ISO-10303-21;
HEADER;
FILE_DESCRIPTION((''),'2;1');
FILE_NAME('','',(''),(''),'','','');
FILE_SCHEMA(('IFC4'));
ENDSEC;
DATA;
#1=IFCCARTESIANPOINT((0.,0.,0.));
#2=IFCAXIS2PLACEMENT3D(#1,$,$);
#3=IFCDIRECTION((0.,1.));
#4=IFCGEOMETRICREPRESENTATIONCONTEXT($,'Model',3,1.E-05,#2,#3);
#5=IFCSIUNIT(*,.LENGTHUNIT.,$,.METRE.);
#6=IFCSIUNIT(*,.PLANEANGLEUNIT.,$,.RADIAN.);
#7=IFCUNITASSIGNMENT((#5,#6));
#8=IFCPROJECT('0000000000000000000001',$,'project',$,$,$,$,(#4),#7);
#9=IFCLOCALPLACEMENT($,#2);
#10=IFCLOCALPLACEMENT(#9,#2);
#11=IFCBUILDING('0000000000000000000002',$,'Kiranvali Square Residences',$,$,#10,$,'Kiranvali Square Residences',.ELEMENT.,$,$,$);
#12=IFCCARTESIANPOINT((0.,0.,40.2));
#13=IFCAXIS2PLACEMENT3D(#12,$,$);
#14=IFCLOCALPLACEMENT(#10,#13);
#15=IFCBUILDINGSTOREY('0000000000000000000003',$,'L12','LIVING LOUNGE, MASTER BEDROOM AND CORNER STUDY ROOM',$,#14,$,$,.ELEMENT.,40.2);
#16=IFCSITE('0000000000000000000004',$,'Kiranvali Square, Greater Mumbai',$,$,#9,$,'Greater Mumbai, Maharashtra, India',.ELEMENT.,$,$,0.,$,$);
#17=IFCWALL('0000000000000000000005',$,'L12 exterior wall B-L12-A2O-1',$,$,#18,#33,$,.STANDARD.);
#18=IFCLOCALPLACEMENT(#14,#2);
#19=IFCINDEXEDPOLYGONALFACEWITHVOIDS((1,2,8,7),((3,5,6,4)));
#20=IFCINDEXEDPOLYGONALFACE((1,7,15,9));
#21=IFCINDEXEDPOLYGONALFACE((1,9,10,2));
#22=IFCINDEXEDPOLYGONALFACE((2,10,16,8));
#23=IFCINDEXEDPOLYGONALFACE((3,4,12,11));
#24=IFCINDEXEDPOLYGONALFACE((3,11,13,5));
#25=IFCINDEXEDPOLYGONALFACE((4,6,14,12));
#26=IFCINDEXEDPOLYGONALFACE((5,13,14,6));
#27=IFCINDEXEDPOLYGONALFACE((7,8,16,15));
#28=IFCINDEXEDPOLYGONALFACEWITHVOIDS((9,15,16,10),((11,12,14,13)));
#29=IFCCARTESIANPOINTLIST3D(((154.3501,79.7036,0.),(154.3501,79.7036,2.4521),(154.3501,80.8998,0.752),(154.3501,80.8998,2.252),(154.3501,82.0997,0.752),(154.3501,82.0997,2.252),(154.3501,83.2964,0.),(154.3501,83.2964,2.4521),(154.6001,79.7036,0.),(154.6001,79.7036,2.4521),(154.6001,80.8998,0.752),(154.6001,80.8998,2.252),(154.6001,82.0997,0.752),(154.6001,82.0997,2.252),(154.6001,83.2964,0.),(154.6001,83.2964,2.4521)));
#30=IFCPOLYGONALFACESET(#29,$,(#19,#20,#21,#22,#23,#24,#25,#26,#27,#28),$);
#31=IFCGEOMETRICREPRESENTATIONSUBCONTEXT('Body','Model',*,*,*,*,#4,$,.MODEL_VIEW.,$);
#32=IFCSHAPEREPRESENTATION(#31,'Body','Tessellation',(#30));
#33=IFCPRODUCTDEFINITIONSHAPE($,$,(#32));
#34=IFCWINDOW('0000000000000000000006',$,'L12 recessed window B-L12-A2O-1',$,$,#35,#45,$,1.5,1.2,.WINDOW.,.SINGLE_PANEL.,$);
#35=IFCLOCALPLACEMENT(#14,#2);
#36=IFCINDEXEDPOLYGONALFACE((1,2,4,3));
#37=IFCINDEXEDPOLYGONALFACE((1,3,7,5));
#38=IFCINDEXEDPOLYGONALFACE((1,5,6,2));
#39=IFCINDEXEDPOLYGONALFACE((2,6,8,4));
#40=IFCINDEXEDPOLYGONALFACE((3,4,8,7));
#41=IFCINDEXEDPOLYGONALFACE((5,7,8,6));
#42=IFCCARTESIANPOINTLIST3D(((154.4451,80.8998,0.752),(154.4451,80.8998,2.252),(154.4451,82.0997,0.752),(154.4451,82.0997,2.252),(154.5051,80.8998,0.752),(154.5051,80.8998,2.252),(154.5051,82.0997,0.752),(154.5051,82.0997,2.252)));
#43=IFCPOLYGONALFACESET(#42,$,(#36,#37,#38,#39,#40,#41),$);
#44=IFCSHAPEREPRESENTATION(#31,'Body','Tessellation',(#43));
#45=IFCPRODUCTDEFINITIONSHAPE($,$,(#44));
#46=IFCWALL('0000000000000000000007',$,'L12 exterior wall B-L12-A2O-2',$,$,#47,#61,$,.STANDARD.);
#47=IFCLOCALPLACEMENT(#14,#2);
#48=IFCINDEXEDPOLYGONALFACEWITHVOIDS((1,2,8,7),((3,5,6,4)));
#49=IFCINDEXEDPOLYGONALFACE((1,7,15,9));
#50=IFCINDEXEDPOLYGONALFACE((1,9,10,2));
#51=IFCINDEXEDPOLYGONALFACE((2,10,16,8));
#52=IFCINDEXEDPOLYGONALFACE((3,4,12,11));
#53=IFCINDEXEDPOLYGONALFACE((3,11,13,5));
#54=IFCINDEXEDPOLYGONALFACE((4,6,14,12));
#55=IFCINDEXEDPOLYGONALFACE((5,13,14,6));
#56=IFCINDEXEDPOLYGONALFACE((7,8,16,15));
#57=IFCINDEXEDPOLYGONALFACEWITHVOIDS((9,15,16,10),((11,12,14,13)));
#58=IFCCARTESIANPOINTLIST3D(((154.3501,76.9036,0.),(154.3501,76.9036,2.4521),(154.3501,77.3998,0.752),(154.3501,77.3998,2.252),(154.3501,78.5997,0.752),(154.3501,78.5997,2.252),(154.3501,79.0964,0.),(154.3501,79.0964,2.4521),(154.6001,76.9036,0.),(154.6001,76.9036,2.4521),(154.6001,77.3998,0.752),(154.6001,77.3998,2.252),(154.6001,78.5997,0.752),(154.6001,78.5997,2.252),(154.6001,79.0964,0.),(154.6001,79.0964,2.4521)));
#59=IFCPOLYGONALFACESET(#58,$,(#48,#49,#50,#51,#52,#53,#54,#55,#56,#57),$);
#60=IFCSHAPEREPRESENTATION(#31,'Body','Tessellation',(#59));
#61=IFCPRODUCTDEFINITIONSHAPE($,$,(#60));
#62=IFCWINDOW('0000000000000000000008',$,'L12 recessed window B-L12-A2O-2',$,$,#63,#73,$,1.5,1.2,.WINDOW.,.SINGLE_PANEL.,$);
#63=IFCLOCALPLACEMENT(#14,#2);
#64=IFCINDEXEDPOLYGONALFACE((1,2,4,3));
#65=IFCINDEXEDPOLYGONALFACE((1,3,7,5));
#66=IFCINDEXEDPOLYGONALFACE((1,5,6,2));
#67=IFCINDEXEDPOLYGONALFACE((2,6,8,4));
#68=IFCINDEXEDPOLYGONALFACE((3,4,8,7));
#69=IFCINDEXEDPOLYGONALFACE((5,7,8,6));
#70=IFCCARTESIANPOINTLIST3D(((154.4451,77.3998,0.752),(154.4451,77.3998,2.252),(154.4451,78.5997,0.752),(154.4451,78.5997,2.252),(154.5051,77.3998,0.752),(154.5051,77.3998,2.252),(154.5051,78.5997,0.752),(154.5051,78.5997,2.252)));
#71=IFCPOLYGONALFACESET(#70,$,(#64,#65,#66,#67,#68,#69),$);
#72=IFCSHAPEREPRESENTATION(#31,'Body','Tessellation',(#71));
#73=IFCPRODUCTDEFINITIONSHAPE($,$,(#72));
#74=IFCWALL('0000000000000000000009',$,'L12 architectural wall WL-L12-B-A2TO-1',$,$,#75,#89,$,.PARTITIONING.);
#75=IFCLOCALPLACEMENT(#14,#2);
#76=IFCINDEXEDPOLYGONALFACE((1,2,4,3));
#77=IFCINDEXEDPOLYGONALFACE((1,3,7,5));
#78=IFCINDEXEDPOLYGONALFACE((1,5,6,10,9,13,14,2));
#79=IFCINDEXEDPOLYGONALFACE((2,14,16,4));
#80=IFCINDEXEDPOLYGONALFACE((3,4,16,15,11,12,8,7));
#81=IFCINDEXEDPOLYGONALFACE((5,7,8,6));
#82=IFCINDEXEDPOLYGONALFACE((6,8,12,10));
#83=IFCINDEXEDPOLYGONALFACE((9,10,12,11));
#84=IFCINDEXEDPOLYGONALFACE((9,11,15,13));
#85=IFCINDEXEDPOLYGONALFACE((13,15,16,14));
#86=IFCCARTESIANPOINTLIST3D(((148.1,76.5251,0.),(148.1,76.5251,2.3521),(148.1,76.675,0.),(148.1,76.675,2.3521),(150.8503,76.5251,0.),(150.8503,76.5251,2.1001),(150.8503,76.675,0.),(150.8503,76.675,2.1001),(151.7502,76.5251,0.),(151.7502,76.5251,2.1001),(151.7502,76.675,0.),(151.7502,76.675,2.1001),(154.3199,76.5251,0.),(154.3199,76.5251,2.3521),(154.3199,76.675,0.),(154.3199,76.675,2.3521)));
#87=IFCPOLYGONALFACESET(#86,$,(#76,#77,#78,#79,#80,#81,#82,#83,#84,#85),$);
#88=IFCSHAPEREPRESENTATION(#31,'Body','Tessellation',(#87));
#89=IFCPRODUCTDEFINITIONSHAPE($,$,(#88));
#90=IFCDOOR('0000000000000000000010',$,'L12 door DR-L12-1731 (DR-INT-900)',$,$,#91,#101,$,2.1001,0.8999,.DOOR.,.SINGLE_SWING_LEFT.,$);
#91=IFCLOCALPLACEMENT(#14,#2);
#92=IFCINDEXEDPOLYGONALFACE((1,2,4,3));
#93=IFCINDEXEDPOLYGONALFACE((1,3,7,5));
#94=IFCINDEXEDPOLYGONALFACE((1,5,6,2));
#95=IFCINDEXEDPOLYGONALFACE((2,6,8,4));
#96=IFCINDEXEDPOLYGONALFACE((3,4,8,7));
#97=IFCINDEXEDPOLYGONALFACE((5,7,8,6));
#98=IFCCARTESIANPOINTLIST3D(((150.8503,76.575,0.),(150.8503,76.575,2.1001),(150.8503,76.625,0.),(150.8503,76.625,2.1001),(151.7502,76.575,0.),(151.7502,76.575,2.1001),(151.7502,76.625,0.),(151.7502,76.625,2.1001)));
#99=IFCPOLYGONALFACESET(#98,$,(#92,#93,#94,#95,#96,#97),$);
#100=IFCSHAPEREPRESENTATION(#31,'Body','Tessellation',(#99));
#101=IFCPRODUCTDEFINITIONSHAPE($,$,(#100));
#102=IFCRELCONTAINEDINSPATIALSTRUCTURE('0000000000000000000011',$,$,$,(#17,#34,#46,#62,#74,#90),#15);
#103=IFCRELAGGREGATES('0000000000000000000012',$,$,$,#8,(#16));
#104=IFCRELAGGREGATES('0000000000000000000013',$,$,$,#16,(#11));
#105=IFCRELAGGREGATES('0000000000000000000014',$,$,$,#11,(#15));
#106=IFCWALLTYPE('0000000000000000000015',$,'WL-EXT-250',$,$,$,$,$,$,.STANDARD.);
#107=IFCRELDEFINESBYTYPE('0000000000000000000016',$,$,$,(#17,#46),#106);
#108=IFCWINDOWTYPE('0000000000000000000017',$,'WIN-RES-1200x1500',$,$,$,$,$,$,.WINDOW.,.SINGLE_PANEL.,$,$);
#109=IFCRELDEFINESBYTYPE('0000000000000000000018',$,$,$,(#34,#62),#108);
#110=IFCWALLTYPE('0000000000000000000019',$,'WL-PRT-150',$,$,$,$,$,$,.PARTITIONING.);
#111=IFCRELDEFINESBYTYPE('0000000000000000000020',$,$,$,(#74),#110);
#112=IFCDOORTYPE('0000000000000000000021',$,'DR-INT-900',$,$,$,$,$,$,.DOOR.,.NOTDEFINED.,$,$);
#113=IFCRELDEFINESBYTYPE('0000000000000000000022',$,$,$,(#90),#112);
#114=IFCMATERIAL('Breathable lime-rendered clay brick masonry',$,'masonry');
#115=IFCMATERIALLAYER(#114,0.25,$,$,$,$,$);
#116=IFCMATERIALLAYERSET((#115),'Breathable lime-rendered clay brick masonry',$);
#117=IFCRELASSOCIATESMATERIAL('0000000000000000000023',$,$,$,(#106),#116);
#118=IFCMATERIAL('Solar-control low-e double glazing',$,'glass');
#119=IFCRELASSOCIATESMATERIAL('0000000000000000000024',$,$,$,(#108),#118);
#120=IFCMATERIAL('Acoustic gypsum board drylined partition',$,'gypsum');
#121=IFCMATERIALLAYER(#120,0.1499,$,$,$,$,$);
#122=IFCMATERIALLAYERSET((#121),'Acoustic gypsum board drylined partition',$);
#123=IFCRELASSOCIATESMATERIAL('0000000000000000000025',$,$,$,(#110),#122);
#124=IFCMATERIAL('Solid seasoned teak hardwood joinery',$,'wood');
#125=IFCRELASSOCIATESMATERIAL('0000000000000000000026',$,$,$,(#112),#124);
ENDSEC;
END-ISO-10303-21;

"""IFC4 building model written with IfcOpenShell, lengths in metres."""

from ifc_helpers import new_model, si_unit, direction, frame, frame_2d, origin, place, context, subcontext, project, spatial, rectangle, extrude, material, layer, layer_set, type_object, element, fill, save


model = new_model("IFC4")

# Units and contexts
model_context = context("Model", 3, precision=1e-05, world=origin(), true_north=direction((0.0, 1.0)))
body_context = subcontext(model_context, "Body", "Model", "MODEL_VIEW")
ifc_project = project(units=[si_unit("LENGTHUNIT", "METRE"), si_unit("PLANEANGLEUNIT", "RADIAN")], contexts=[model_context])

# Site, building, storey
site_placement = place(None, origin())
site = spatial("IfcSite", under=ifc_project, at=site_placement, Name="Kiranvali Square, Greater Mumbai", LongName="Greater Mumbai, Maharashtra, India", CompositionType="ELEMENT", RefElevation=0.0)
building_placement = place(site_placement, origin())
building = spatial("IfcBuilding", under=site, at=building_placement, Name="Kiranvali Square Residences", LongName="Kiranvali Square Residences", CompositionType="ELEMENT")
storey_placement = place(building_placement, frame((0.0, 0.0, 40.2)))
storey = spatial("IfcBuildingStorey", under=building, at=storey_placement, Name="L12", Description="LIVING LOUNGE, MASTER BEDROOM AND CORNER STUDY ROOM", CompositionType="ELEMENT", Elevation=40.2)

# Walls, openings, windows
ifc_material_1 = material(Name="Breathable lime-rendered clay brick masonry", Category="masonry")
ifc_layer_1 = layer(ifc_material_1, 0.25)
ifc_layer_set_1 = layer_set([ifc_layer_1], Name="Breathable lime-rendered clay brick masonry")
wall_type_1 = type_object("IfcWallType", Name="WL-EXT-250", PredefinedType="STANDARD", material=ifc_layer_set_1)
ifc_material_2 = material(Name="Solar-control low-e double glazing", Category="glass")
window_type = type_object("IfcWindowType", Name="WIN-RES-1200x1500", PartitioningType="SINGLE_PANEL", PredefinedType="WINDOW", material=ifc_material_2)
wall_1_placement = place(storey_placement, frame((154.4751, 83.2964, 0.0), z_axis=(0.0, 0.0, 1.0), x_axis=(0.0, -1.0, 0.0)))
wall_1 = element("IfcWall", 1, at=wall_1_placement, inside=storey, type_object=wall_type_1, Name="L12 exterior wall B-L12-A2O-1", PredefinedType="STANDARD", context=body_context, shape_type="SweptSolid", body=[
    extrude(rectangle(XDim=3.5928, YDim=0.25, at=frame_2d((1.7964, 0.0))), origin(), (0.0, 0.0, 1.0), 2.4521),
])
opening_1_placement = place(wall_1_placement, frame((1.1965, 0.0, 0.752)))
opening_1 = element("IfcOpeningElement", 2, at=opening_1_placement, cuts=wall_1, PredefinedType="OPENING", context=body_context, shape_type="SweptSolid", body=[
    extrude(rectangle(XDim=1.2, YDim=1.5, at=frame_2d((0.6001, 0.75))), frame((0.0, 0.135, 0.0), z_axis=(0.0, -1.0, 0.0), x_axis=(1.0, 0.0, 0.0)), (0.0, 0.0, 1.0), 0.27),
])
window_1_placement = place(opening_1_placement, origin())
window_1 = element("IfcWindow", 3, at=window_1_placement, inside=storey, type_object=window_type, Name="L12 recessed window B-L12-A2O-1", OverallHeight=1.5, OverallWidth=1.2, PartitioningType="SINGLE_PANEL", PredefinedType="WINDOW", context=body_context, shape_type="SweptSolid", body=[
    extrude(rectangle(XDim=1.2, YDim=1.5, at=frame_2d((0.6001, 0.75))), frame((0.0, 0.03, 0.0), z_axis=(0.0, -1.0, 0.0), x_axis=(1.0, 0.0, 0.0)), (0.0, 0.0, 1.0), 0.0601),
])
fill(opening_1, window_1)
wall_2_placement = place(storey_placement, frame((154.4751, 79.0964, 0.0), z_axis=(0.0, 0.0, 1.0), x_axis=(0.0, -1.0, 0.0)))
wall_2 = element("IfcWall", 4, at=wall_2_placement, inside=storey, type_object=wall_type_1, Name="L12 exterior wall B-L12-A2O-2", PredefinedType="STANDARD", context=body_context, shape_type="SweptSolid", body=[
    extrude(rectangle(XDim=2.1929, YDim=0.25, at=frame_2d((1.0964, 0.0))), origin(), (0.0, 0.0, 1.0), 2.4521),
])
opening_2_placement = place(wall_2_placement, frame((0.4966, 0.0, 0.752)))
opening_2 = element("IfcOpeningElement", 5, at=opening_2_placement, cuts=wall_2, PredefinedType="OPENING", context=body_context, shape_type="SweptSolid", body=[
    extrude(rectangle(XDim=1.2, YDim=1.5, at=frame_2d((0.6001, 0.75))), frame((0.0, 0.135, 0.0), z_axis=(0.0, -1.0, 0.0), x_axis=(1.0, 0.0, 0.0)), (0.0, 0.0, 1.0), 0.27),
])
window_2_placement = place(opening_2_placement, origin())
window_2 = element("IfcWindow", 6, at=window_2_placement, inside=storey, type_object=window_type, Name="L12 recessed window B-L12-A2O-2", OverallHeight=1.5, OverallWidth=1.2, PartitioningType="SINGLE_PANEL", PredefinedType="WINDOW", context=body_context, shape_type="SweptSolid", body=[
    extrude(rectangle(XDim=1.2, YDim=1.5, at=frame_2d((0.6001, 0.75))), frame((0.0, 0.03, 0.0), z_axis=(0.0, -1.0, 0.0), x_axis=(1.0, 0.0, 0.0)), (0.0, 0.0, 1.0), 0.0601),
])
fill(opening_2, window_2)

# Wall, opening, door
ifc_material_3 = material(Name="Acoustic gypsum board drylined partition", Category="gypsum")
ifc_layer_2 = layer(ifc_material_3, 0.1499)
ifc_layer_set_2 = layer_set([ifc_layer_2], Name="Acoustic gypsum board drylined partition")
wall_type_2 = type_object("IfcWallType", Name="WL-PRT-150", PredefinedType="PARTITIONING", material=ifc_layer_set_2)
wall_3_placement = place(storey_placement, frame((148.1001, 76.6001, 0.0), z_axis=(0.0, 0.0, 1.0), x_axis=(1.0, 0.0, 0.0)))
wall_3 = element("IfcWall", 7, at=wall_3_placement, inside=storey, type_object=wall_type_2, Name="L12 architectural wall WL-L12-B-A2TO-1", PredefinedType="PARTITIONING", context=body_context, shape_type="SweptSolid", body=[
    extrude(rectangle(XDim=6.22, YDim=0.1499, at=frame_2d((3.1099, 0.0))), origin(), (0.0, 0.0, 1.0), 2.3521),
])
opening_3_placement = place(wall_3_placement, frame((2.7502, 0.0, 0.0)))
opening_3 = element("IfcOpeningElement", 8, at=opening_3_placement, cuts=wall_3, PredefinedType="OPENING", context=body_context, shape_type="SweptSolid", body=[
    extrude(rectangle(XDim=0.8999, YDim=2.1001, at=frame_2d((0.45, 1.05))), frame((0.0, 0.085, 0.0), z_axis=(0.0, -1.0, 0.0), x_axis=(1.0, 0.0, 0.0)), (0.0, 0.0, 1.0), 0.1699),
])
ifc_material_4 = material(Name="Solid seasoned teak hardwood joinery", Category="wood")
door_type_1 = type_object("IfcDoorType", Name="DR-INT-900", OperationType="NOTDEFINED", PredefinedType="DOOR", material=ifc_material_4)
door_1_placement = place(opening_3_placement, origin())
door_1 = element("IfcDoor", 9, at=door_1_placement, inside=storey, type_object=door_type_1, Name="L12 door DR-L12-1731 (DR-INT-900)", OperationType="SINGLE_SWING_LEFT", OverallHeight=2.1001, OverallWidth=0.8999, PredefinedType="DOOR", context=body_context, shape_type="SweptSolid", body=[
    extrude(rectangle(XDim=0.8999, YDim=2.1001, at=frame_2d((0.45, 1.05))), frame((0.0, 0.0249, 0.0), z_axis=(0.0, -1.0, 0.0), x_axis=(1.0, 0.0, 0.0)), (0.0, 0.0, 1.0), 0.05),
])
fill(opening_3, door_1)

save(model, "model.ifc")
